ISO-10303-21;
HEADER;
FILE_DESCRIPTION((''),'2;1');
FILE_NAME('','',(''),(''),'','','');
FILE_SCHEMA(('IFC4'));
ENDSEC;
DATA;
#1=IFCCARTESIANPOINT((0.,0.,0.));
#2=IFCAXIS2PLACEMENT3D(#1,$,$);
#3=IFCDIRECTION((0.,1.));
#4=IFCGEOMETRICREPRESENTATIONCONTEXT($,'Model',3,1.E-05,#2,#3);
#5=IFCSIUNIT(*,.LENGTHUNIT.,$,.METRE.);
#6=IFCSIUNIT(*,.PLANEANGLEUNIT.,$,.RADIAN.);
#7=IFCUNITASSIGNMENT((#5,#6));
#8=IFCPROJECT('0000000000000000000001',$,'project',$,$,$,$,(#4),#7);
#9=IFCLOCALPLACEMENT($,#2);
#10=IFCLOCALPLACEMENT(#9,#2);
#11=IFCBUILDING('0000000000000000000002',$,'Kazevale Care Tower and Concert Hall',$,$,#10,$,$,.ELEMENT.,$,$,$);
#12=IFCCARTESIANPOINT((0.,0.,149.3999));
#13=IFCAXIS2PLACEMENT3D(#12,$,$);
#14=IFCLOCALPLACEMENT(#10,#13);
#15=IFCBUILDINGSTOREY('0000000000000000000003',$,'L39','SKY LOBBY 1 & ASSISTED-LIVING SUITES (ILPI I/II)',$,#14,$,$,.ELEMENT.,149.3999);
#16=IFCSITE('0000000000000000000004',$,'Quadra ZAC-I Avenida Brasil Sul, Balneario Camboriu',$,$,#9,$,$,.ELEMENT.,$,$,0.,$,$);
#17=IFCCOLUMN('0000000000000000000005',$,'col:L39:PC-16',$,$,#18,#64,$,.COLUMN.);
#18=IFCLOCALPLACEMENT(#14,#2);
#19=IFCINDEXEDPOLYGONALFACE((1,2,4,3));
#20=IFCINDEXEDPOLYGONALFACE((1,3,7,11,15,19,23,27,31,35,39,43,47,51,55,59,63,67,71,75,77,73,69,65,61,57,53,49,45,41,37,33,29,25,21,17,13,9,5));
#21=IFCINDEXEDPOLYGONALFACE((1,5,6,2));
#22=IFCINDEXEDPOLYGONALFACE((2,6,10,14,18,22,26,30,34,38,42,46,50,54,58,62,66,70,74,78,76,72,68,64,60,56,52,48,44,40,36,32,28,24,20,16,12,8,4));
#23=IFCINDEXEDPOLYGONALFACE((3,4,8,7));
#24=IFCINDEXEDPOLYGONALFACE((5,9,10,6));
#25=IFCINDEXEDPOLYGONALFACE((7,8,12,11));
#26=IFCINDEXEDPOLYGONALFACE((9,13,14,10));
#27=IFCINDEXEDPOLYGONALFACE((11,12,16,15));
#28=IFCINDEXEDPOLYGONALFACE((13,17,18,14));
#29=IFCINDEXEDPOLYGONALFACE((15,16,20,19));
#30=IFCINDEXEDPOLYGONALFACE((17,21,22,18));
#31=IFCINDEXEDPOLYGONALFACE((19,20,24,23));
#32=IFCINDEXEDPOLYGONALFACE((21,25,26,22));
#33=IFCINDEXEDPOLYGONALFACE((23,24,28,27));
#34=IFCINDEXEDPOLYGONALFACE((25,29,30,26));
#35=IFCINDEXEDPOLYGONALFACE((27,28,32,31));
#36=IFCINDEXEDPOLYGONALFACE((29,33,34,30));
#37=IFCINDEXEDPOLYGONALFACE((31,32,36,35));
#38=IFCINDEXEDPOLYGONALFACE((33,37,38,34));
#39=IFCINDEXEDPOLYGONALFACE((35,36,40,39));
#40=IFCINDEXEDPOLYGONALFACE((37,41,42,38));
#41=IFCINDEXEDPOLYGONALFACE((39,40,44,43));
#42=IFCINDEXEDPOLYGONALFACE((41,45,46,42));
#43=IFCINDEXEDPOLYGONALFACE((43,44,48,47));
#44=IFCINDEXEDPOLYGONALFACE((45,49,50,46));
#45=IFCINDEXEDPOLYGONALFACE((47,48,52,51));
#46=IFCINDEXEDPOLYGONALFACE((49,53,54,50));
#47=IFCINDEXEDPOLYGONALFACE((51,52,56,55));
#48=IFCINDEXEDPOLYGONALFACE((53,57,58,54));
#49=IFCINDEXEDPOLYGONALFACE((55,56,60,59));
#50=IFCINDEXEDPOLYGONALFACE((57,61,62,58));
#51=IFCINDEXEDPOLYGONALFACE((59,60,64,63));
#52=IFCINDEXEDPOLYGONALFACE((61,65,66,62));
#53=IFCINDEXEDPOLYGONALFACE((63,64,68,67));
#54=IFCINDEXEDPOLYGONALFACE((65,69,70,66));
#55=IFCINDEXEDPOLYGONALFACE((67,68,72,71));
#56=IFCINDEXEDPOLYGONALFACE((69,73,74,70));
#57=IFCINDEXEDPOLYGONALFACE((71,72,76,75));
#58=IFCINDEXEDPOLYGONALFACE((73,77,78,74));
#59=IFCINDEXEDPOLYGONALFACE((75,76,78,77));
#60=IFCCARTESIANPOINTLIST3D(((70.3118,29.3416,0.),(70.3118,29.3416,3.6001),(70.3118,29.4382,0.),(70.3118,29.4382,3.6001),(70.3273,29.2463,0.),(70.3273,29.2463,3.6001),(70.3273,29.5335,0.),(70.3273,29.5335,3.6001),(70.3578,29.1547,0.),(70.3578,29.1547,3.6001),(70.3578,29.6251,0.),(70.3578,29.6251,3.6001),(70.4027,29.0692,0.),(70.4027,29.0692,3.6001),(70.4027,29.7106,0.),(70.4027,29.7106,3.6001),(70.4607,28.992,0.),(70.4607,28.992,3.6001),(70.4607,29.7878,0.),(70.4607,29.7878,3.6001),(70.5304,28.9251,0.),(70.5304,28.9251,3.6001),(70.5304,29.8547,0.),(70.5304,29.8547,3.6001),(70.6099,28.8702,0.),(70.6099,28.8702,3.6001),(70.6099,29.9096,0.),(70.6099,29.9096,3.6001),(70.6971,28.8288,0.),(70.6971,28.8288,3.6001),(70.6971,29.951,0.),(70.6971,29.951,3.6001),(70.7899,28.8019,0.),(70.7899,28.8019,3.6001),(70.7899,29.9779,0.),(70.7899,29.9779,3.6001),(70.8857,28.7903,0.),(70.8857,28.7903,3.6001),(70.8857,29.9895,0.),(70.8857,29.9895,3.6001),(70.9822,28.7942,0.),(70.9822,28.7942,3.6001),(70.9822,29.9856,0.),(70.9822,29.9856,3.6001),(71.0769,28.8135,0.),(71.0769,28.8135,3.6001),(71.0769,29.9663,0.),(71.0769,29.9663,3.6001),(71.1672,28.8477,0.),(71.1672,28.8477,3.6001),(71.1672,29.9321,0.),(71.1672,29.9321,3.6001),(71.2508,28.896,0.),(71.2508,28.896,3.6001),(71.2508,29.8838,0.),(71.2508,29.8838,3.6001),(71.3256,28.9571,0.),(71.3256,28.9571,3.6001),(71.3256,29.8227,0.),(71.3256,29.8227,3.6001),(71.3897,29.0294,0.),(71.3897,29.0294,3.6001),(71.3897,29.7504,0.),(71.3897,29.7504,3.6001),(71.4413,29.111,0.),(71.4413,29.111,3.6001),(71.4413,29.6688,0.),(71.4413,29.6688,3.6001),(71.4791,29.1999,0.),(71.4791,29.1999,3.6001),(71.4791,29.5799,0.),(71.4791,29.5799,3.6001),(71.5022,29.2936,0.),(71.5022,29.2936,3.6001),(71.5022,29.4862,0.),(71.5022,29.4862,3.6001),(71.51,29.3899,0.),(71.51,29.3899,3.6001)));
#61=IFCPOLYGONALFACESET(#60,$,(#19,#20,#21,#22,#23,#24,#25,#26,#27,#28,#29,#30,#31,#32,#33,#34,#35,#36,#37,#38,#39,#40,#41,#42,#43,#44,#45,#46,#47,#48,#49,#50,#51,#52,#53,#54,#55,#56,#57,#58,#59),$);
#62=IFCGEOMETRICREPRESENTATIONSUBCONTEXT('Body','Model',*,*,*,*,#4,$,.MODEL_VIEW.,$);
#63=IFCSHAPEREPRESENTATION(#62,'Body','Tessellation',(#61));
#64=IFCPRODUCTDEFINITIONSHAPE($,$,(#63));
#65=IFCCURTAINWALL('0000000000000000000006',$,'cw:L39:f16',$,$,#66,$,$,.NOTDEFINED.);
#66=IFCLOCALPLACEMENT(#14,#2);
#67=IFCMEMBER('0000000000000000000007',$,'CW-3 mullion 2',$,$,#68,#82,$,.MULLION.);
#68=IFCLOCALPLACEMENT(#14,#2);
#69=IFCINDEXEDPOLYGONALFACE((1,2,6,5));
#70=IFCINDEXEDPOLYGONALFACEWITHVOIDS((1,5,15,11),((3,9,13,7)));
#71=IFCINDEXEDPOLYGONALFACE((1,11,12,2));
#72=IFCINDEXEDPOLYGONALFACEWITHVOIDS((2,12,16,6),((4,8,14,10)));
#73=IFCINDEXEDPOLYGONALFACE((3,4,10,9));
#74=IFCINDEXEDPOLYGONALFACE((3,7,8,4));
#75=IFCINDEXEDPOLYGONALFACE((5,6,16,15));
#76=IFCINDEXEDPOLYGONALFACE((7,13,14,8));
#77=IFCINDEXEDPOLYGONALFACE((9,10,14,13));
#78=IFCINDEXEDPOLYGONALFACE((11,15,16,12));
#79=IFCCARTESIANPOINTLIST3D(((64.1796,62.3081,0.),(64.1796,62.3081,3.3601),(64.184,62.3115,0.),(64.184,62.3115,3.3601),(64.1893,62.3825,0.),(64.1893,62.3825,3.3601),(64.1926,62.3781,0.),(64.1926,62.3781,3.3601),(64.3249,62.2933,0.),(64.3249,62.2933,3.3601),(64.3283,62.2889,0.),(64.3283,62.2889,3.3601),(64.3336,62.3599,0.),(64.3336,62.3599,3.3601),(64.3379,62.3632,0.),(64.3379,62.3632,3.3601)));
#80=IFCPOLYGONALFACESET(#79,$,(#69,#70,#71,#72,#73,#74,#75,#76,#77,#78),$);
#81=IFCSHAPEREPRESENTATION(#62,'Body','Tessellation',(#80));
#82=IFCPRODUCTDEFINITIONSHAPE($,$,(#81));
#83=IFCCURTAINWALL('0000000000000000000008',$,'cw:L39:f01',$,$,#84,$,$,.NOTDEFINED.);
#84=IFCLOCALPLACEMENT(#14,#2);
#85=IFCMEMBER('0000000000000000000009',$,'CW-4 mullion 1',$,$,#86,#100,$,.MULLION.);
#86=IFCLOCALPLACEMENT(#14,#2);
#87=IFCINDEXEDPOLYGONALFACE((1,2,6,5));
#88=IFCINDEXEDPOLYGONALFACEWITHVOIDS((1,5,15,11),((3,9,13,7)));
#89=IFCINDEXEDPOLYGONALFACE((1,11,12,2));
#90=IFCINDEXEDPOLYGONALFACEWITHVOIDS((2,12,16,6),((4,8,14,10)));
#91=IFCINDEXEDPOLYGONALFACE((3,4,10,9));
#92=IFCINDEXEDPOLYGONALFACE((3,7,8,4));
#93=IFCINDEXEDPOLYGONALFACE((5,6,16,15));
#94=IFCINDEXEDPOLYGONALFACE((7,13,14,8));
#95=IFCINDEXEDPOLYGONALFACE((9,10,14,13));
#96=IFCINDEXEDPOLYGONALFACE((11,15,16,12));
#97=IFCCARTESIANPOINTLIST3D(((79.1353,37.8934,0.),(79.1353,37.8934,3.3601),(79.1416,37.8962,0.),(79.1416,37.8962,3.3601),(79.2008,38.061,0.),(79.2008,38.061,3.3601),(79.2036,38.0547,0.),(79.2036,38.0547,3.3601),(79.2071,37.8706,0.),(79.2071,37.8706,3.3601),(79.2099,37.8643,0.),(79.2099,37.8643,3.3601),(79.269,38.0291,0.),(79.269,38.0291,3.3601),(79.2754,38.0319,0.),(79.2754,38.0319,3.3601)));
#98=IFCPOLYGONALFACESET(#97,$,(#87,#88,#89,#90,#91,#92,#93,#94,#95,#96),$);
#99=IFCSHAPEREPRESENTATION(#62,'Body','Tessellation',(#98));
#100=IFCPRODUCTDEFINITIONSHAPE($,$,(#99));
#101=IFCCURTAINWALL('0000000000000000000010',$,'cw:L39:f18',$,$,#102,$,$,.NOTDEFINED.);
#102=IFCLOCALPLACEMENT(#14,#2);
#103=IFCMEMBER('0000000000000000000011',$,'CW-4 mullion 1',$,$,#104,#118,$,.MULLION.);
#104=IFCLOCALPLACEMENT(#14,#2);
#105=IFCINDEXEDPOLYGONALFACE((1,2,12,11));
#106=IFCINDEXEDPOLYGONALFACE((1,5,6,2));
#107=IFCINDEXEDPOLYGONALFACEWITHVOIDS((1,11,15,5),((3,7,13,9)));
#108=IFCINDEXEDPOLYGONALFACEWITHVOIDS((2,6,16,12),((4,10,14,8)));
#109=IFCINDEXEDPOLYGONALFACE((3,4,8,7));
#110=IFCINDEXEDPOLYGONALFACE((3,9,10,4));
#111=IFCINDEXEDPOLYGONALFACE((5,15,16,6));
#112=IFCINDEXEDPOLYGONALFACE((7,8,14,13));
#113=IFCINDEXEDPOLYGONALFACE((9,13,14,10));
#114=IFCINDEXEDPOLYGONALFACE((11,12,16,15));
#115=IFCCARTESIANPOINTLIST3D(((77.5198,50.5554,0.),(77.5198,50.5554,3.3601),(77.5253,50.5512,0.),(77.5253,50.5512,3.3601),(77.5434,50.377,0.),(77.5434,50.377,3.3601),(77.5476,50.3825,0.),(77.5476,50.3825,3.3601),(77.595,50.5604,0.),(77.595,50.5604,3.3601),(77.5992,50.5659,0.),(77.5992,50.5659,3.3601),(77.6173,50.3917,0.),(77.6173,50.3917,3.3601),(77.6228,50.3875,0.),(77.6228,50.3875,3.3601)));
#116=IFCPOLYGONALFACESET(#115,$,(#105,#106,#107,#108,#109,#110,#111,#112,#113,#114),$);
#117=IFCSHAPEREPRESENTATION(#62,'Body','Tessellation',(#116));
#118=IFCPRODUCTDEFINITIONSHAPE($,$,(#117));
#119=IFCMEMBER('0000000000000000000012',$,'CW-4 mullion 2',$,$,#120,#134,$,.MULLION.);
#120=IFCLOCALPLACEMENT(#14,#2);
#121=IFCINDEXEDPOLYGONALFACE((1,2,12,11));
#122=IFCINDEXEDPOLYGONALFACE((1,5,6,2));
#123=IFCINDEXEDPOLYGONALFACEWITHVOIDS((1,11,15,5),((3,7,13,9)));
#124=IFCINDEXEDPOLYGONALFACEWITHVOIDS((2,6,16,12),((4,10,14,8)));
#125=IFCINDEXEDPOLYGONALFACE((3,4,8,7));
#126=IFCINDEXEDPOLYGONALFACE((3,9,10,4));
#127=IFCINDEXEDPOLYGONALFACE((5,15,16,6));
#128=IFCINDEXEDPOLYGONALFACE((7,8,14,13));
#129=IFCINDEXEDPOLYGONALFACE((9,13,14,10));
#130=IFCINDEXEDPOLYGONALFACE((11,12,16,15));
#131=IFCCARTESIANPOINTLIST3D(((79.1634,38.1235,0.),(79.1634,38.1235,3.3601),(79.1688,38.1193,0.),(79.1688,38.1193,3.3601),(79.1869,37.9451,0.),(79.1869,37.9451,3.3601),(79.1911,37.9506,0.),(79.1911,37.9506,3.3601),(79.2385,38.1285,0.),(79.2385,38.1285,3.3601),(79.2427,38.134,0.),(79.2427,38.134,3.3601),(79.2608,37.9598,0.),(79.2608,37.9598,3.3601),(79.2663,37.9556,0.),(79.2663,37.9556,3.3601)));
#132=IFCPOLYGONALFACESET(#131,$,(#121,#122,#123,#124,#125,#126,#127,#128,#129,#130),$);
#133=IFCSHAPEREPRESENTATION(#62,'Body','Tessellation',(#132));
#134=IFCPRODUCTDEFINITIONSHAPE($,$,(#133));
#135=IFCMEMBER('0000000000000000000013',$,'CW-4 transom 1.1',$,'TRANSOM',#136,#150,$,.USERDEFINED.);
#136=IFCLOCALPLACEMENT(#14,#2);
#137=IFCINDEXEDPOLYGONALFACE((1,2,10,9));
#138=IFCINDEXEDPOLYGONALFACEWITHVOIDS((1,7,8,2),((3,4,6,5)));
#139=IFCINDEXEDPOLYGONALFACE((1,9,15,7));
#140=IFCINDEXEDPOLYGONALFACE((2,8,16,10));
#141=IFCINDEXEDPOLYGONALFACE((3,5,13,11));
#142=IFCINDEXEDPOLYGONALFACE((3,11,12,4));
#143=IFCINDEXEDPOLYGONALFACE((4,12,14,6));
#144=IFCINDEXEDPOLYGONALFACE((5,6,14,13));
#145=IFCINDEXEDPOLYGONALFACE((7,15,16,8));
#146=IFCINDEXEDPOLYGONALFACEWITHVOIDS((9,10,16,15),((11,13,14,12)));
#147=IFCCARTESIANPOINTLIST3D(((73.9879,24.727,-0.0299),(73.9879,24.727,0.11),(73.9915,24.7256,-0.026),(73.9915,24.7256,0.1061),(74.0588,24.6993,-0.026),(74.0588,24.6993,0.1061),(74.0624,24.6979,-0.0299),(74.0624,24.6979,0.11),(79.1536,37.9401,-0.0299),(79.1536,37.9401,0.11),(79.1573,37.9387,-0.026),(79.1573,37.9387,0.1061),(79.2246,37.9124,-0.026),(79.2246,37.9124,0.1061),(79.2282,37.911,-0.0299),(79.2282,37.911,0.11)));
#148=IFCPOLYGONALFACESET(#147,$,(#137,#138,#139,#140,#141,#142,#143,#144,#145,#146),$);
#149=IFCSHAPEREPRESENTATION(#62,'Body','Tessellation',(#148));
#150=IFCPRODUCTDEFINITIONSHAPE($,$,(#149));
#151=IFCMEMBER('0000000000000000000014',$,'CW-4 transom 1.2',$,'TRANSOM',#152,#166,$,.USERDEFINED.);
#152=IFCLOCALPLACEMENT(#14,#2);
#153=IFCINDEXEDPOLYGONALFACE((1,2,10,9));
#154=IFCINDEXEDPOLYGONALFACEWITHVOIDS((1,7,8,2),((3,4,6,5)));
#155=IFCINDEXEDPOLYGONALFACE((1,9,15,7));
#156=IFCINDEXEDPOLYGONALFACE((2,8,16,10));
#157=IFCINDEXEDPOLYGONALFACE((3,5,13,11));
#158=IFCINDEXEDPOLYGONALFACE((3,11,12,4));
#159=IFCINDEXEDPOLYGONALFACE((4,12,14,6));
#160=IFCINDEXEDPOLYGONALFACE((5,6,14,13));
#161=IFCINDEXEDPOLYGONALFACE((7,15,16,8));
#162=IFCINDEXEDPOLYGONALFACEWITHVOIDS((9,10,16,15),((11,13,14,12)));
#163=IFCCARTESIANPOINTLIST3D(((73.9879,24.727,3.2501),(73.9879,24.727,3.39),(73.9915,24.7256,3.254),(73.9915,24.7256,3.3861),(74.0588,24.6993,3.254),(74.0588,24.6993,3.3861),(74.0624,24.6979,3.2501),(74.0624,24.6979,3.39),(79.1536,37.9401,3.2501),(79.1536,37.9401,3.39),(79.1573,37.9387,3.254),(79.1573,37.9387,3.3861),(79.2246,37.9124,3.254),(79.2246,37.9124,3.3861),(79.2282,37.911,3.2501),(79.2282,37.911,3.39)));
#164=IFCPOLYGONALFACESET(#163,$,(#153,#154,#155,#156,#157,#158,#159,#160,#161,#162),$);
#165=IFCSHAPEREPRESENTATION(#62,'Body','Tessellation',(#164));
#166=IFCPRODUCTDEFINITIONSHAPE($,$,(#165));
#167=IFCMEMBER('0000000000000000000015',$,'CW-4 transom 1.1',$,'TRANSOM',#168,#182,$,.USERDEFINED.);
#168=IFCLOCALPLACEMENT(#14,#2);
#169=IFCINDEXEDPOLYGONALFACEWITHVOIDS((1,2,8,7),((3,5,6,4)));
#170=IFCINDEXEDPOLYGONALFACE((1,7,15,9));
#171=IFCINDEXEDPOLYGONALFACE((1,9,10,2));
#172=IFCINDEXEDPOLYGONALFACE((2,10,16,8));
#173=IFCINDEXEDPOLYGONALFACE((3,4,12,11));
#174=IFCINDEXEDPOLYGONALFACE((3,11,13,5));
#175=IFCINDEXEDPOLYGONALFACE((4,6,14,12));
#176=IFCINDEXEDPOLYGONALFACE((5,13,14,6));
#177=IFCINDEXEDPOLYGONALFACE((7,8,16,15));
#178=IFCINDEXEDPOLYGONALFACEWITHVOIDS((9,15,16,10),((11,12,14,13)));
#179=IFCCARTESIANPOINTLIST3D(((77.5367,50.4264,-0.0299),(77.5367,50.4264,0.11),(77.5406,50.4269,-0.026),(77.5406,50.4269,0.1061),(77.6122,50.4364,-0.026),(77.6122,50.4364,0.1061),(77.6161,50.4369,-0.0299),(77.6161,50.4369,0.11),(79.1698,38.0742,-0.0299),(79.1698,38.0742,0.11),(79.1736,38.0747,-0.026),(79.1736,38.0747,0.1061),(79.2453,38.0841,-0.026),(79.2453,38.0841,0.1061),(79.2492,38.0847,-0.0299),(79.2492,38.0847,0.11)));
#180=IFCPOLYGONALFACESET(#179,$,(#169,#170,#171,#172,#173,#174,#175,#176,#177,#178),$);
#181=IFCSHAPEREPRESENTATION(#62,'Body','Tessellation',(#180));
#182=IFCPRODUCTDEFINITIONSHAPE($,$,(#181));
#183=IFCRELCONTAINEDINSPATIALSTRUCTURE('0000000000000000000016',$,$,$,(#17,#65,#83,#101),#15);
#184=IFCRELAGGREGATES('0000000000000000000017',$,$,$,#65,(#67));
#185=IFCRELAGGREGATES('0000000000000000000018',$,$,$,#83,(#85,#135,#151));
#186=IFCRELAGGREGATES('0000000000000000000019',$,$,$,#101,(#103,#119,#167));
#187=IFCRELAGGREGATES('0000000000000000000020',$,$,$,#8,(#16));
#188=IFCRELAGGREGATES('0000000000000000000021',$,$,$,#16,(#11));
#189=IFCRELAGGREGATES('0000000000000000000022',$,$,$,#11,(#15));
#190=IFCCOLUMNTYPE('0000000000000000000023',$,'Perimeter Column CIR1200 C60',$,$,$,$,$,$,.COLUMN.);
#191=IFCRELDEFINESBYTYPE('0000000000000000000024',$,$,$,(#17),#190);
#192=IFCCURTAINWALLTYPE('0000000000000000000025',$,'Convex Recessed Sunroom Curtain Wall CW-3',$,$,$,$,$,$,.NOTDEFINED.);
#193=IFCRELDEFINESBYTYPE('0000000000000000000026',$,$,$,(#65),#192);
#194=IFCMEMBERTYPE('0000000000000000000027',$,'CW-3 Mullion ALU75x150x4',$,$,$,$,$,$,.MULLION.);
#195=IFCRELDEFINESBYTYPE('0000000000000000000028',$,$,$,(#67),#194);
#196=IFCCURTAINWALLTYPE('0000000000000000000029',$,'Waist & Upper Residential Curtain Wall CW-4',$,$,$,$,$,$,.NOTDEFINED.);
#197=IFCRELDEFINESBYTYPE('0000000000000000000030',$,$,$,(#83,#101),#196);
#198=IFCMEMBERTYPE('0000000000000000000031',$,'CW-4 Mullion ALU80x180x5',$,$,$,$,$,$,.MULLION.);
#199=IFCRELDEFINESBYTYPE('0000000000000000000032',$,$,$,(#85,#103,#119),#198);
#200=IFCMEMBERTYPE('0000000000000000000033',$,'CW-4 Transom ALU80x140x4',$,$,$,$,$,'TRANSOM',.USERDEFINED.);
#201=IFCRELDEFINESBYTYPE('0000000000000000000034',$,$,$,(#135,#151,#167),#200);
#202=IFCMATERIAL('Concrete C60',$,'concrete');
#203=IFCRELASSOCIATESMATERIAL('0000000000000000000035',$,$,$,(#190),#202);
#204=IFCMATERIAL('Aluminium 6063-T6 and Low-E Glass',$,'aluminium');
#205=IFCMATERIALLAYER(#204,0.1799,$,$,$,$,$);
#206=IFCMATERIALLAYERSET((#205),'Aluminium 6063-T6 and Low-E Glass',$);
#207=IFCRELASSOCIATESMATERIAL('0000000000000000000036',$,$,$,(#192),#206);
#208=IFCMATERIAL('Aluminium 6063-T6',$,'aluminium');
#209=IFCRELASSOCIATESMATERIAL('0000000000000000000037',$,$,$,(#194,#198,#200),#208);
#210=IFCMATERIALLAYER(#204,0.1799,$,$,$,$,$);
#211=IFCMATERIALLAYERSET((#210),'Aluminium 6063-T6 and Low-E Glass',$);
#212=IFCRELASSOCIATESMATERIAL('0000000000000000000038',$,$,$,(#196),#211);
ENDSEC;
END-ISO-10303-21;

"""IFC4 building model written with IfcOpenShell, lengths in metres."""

from ifc_helpers import new_model, si_unit, direction, frame, origin, origin_2d, place, context, subcontext, project, spatial, hollow_rectangle, circle, extrude, material, layer, layer_set, material_profile, profile_set, type_object, element, aggregate, save


model = new_model("IFC4")

# Units and contexts
model_context = context("Model", 3, precision=1e-05, world=origin(), true_north=direction((0.0, 1.0)))
body_context = subcontext(model_context, "Body", "Model", "MODEL_VIEW")
ifc_project = project(units=[si_unit("LENGTHUNIT", "METRE"), si_unit("PLANEANGLEUNIT", "RADIAN")], contexts=[model_context])

# Site, building, storey
site_placement = place(None, origin())
site = spatial("IfcSite", under=ifc_project, at=site_placement, Name="Quadra ZAC-I Avenida Brasil Sul, Balneario Camboriu", CompositionType="ELEMENT", RefElevation=0.0)
building_placement = place(site_placement, origin())
building = spatial("IfcBuilding", under=site, at=building_placement, Name="Kazevale Care Tower and Concert Hall", CompositionType="ELEMENT")
storey_placement = place(building_placement, frame((0.0, 0.0, 149.3999)))
storey = spatial("IfcBuildingStorey", under=building, at=storey_placement, Name="L39", Description="SKY LOBBY 1 & ASSISTED-LIVING SUITES (ILPI I/II)", CompositionType="ELEMENT", Elevation=149.3999)

# Column
ifc_material_1 = material(Name="Concrete C60", Category="concrete")
ifc_material_profile_1 = material_profile(ifc_material_1, circle(Radius=0.6001, at=origin_2d()), Name="RC-CIR1200")
ifc_profile_set_1 = profile_set([ifc_material_profile_1], Name="Concrete C60")
column_type = type_object("IfcColumnType", Name="Perimeter Column CIR1200 C60", PredefinedType="COLUMN", material=ifc_profile_set_1)
for number, where, z_axis, x_axis, name in (
    (1, (70.9099, 29.3899, 0.0), (0.0, 0.0, 1.0), (1.0, 0.0, 0.0), "col:L39:PC-16"),
):
    element("IfcColumn", number, at=place(storey_placement, frame(where, z_axis=z_axis, x_axis=x_axis)), inside=storey, type_object=column_type, Name=name, PredefinedType="COLUMN", context=body_context, shape_type="SweptSolid", body=[
        extrude(circle(Radius=0.6001, at=origin_2d()), origin(), (0.0, 0.0, 1.0), 3.6001),
    ])

# Curtain walls, members
ifc_material_2 = material(Name="Aluminium 6063-T6 and Low-E Glass", Category="aluminium")
ifc_layer_1 = layer(ifc_material_2, 0.1799)
ifc_layer_set_1 = layer_set([ifc_layer_1], Name="Aluminium 6063-T6 and Low-E Glass")
curtain_wall_type_1 = type_object("IfcCurtainWallType", Name="Convex Recessed Sunroom Curtain Wall CW-3", PredefinedType="NOTDEFINED", material=ifc_layer_set_1)
curtain_wall_1_placement = place(storey_placement, origin())
curtain_wall_1 = element("IfcCurtainWall", 2, at=curtain_wall_1_placement, inside=storey, type_object=curtain_wall_type_1, Name="cw:L39:f16", PredefinedType="NOTDEFINED")
ifc_material_3 = material(Name="Aluminium 6063-T6", Category="aluminium")
ifc_material_profile_2 = material_profile(ifc_material_3, hollow_rectangle(XDim=0.075, YDim=0.1499, WallThickness=0.0039, at=origin_2d()), Name="ALU75x150x4")
ifc_profile_set_2 = profile_set([ifc_material_profile_2], Name="Aluminium 6063-T6")
member_type_1 = type_object("IfcMemberType", Name="CW-3 Mullion ALU75x150x4", PredefinedType="MULLION", material=ifc_profile_set_2)
member_1_placement = place(storey_placement, frame((64.2588, 62.3357, 0.0), z_axis=(0.0, 0.0, 1.0), x_axis=(0.1283, 0.991735, 0.0)))
member_1 = element("IfcMember", 3, at=member_1_placement, type_object=member_type_1, Name="CW-3 mullion 2", PredefinedType="MULLION", context=body_context, shape_type="SweptSolid", body=[
    extrude(hollow_rectangle(XDim=0.075, YDim=0.1499, WallThickness=0.0039, at=origin_2d()), origin(), (0.0, 0.0, 1.0), 3.3601),
])
ifc_layer_2 = layer(ifc_material_2, 0.1799)
ifc_layer_set_2 = layer_set([ifc_layer_2], Name="Aluminium 6063-T6 and Low-E Glass")
curtain_wall_type_2 = type_object("IfcCurtainWallType", Name="Waist & Upper Residential Curtain Wall CW-4", PredefinedType="NOTDEFINED", material=ifc_layer_set_2)
curtain_wall_2_placement = place(storey_placement, origin())
curtain_wall_2 = element("IfcCurtainWall", 4, at=curtain_wall_2_placement, inside=storey, type_object=curtain_wall_type_2, Name="cw:L39:f01", PredefinedType="NOTDEFINED")
ifc_material_profile_3 = material_profile(ifc_material_3, hollow_rectangle(XDim=0.0801, YDim=0.1799, WallThickness=0.0049, at=origin_2d()), Name="ALU80x180x5")
ifc_profile_set_3 = profile_set([ifc_material_profile_3], Name="Aluminium 6063-T6")
member_type_2 = type_object("IfcMemberType", Name="CW-4 Mullion ALU80x180x5", PredefinedType="MULLION", material=ifc_profile_set_3)
member_2_placement = place(storey_placement, frame((79.2053, 37.9626, 0.0), z_axis=(0.0, 0.0, 1.0), x_axis=(0.931352, -0.364121, 0.0)))
member_2 = element("IfcMember", 5, at=member_2_placement, type_object=member_type_2, Name="CW-4 mullion 1", PredefinedType="MULLION", context=body_context, shape_type="SweptSolid", body=[
    extrude(hollow_rectangle(XDim=0.0801, YDim=0.1799, WallThickness=0.0049, at=origin_2d()), origin(), (0.0, 0.0, 1.0), 3.3601),
])

# Curtain wall, members
curtain_wall_3_placement = place(storey_placement, origin())
curtain_wall_3 = element("IfcCurtainWall", 6, at=curtain_wall_3_placement, inside=storey, type_object=curtain_wall_type_2, Name="cw:L39:f18", PredefinedType="NOTDEFINED")
member_3_placement = place(storey_placement, frame((77.5713, 50.4714, 0.0), z_axis=(0.0, 0.0, 1.0), x_axis=(0.991374, 0.131063, 0.0)))
member_3 = element("IfcMember", 7, at=member_3_placement, type_object=member_type_2, Name="CW-4 mullion 1", PredefinedType="MULLION", context=body_context, shape_type="SweptSolid", body=[
    extrude(hollow_rectangle(XDim=0.0801, YDim=0.1799, WallThickness=0.0049, at=origin_2d()), origin(), (0.0, 0.0, 1.0), 3.3601),
])
member_4_placement = place(storey_placement, frame((79.2148, 38.0396, 0.0), z_axis=(0.0, 0.0, 1.0), x_axis=(0.991374, 0.131063, 0.0)))
member_4 = element("IfcMember", 8, at=member_4_placement, type_object=member_type_2, Name="CW-4 mullion 2", PredefinedType="MULLION", context=body_context, shape_type="SweptSolid", body=[
    extrude(hollow_rectangle(XDim=0.0801, YDim=0.1799, WallThickness=0.0049, at=origin_2d()), origin(), (0.0, 0.0, 1.0), 3.3601),
])

# Members
ifc_material_profile_4 = material_profile(ifc_material_3, hollow_rectangle(XDim=0.0801, YDim=0.1399, WallThickness=0.0039, at=origin_2d()), Name="ALU80x140x4")
ifc_profile_set_4 = profile_set([ifc_material_profile_4], Name="Aluminium 6063-T6")
member_type_3 = type_object("IfcMemberType", Name="CW-4 Transom ALU80x140x4", ElementType="TRANSOM", PredefinedType="USERDEFINED", material=ifc_profile_set_4)
member_5_placement = place(storey_placement, frame((79.1909, 37.9255, 0.04), z_axis=(-0.364119, -0.931352, 0.0), x_axis=(0.931352, -0.364119, 0.0)))
member_5 = element("IfcMember", 9, at=member_5_placement, type_object=member_type_3, Name="CW-4 transom 1.1", ObjectType="TRANSOM", PredefinedType="USERDEFINED", context=body_context, shape_type="SweptSolid", body=[
    extrude(hollow_rectangle(XDim=0.0801, YDim=0.1399, WallThickness=0.0039, at=origin_2d()), origin(), (0.0, 0.0, 1.0), 14.187),
])
member_6_placement = place(storey_placement, frame((79.1909, 37.9255, 3.3201), z_axis=(-0.364119, -0.931352, 0.0), x_axis=(0.931352, -0.364119, 0.0)))
member_6 = element("IfcMember", 10, at=member_6_placement, type_object=member_type_3, Name="CW-4 transom 1.2", ObjectType="TRANSOM", PredefinedType="USERDEFINED", context=body_context, shape_type="SweptSolid", body=[
    extrude(hollow_rectangle(XDim=0.0801, YDim=0.1399, WallThickness=0.0039, at=origin_2d()), origin(), (0.0, 0.0, 1.0), 14.187),
])
member_7_placement = place(storey_placement, frame((77.5764, 50.4316, 0.04), z_axis=(0.131066, -0.991374, 0.0), x_axis=(0.991374, 0.131066, 0.0)))
member_7 = element("IfcMember", 11, at=member_7_placement, type_object=member_type_3, Name="CW-4 transom 1.1", ObjectType="TRANSOM", PredefinedType="USERDEFINED", context=body_context, shape_type="SweptSolid", body=[
    extrude(hollow_rectangle(XDim=0.0801, YDim=0.1399, WallThickness=0.0039, at=origin_2d()), origin(), (0.0, 0.0, 1.0), 12.4597),
])

aggregate(curtain_wall_1, [member_1])
aggregate(curtain_wall_2, [member_2, member_5, member_6])
aggregate(curtain_wall_3, [member_3, member_4, member_7])

save(model, "model.ifc")
